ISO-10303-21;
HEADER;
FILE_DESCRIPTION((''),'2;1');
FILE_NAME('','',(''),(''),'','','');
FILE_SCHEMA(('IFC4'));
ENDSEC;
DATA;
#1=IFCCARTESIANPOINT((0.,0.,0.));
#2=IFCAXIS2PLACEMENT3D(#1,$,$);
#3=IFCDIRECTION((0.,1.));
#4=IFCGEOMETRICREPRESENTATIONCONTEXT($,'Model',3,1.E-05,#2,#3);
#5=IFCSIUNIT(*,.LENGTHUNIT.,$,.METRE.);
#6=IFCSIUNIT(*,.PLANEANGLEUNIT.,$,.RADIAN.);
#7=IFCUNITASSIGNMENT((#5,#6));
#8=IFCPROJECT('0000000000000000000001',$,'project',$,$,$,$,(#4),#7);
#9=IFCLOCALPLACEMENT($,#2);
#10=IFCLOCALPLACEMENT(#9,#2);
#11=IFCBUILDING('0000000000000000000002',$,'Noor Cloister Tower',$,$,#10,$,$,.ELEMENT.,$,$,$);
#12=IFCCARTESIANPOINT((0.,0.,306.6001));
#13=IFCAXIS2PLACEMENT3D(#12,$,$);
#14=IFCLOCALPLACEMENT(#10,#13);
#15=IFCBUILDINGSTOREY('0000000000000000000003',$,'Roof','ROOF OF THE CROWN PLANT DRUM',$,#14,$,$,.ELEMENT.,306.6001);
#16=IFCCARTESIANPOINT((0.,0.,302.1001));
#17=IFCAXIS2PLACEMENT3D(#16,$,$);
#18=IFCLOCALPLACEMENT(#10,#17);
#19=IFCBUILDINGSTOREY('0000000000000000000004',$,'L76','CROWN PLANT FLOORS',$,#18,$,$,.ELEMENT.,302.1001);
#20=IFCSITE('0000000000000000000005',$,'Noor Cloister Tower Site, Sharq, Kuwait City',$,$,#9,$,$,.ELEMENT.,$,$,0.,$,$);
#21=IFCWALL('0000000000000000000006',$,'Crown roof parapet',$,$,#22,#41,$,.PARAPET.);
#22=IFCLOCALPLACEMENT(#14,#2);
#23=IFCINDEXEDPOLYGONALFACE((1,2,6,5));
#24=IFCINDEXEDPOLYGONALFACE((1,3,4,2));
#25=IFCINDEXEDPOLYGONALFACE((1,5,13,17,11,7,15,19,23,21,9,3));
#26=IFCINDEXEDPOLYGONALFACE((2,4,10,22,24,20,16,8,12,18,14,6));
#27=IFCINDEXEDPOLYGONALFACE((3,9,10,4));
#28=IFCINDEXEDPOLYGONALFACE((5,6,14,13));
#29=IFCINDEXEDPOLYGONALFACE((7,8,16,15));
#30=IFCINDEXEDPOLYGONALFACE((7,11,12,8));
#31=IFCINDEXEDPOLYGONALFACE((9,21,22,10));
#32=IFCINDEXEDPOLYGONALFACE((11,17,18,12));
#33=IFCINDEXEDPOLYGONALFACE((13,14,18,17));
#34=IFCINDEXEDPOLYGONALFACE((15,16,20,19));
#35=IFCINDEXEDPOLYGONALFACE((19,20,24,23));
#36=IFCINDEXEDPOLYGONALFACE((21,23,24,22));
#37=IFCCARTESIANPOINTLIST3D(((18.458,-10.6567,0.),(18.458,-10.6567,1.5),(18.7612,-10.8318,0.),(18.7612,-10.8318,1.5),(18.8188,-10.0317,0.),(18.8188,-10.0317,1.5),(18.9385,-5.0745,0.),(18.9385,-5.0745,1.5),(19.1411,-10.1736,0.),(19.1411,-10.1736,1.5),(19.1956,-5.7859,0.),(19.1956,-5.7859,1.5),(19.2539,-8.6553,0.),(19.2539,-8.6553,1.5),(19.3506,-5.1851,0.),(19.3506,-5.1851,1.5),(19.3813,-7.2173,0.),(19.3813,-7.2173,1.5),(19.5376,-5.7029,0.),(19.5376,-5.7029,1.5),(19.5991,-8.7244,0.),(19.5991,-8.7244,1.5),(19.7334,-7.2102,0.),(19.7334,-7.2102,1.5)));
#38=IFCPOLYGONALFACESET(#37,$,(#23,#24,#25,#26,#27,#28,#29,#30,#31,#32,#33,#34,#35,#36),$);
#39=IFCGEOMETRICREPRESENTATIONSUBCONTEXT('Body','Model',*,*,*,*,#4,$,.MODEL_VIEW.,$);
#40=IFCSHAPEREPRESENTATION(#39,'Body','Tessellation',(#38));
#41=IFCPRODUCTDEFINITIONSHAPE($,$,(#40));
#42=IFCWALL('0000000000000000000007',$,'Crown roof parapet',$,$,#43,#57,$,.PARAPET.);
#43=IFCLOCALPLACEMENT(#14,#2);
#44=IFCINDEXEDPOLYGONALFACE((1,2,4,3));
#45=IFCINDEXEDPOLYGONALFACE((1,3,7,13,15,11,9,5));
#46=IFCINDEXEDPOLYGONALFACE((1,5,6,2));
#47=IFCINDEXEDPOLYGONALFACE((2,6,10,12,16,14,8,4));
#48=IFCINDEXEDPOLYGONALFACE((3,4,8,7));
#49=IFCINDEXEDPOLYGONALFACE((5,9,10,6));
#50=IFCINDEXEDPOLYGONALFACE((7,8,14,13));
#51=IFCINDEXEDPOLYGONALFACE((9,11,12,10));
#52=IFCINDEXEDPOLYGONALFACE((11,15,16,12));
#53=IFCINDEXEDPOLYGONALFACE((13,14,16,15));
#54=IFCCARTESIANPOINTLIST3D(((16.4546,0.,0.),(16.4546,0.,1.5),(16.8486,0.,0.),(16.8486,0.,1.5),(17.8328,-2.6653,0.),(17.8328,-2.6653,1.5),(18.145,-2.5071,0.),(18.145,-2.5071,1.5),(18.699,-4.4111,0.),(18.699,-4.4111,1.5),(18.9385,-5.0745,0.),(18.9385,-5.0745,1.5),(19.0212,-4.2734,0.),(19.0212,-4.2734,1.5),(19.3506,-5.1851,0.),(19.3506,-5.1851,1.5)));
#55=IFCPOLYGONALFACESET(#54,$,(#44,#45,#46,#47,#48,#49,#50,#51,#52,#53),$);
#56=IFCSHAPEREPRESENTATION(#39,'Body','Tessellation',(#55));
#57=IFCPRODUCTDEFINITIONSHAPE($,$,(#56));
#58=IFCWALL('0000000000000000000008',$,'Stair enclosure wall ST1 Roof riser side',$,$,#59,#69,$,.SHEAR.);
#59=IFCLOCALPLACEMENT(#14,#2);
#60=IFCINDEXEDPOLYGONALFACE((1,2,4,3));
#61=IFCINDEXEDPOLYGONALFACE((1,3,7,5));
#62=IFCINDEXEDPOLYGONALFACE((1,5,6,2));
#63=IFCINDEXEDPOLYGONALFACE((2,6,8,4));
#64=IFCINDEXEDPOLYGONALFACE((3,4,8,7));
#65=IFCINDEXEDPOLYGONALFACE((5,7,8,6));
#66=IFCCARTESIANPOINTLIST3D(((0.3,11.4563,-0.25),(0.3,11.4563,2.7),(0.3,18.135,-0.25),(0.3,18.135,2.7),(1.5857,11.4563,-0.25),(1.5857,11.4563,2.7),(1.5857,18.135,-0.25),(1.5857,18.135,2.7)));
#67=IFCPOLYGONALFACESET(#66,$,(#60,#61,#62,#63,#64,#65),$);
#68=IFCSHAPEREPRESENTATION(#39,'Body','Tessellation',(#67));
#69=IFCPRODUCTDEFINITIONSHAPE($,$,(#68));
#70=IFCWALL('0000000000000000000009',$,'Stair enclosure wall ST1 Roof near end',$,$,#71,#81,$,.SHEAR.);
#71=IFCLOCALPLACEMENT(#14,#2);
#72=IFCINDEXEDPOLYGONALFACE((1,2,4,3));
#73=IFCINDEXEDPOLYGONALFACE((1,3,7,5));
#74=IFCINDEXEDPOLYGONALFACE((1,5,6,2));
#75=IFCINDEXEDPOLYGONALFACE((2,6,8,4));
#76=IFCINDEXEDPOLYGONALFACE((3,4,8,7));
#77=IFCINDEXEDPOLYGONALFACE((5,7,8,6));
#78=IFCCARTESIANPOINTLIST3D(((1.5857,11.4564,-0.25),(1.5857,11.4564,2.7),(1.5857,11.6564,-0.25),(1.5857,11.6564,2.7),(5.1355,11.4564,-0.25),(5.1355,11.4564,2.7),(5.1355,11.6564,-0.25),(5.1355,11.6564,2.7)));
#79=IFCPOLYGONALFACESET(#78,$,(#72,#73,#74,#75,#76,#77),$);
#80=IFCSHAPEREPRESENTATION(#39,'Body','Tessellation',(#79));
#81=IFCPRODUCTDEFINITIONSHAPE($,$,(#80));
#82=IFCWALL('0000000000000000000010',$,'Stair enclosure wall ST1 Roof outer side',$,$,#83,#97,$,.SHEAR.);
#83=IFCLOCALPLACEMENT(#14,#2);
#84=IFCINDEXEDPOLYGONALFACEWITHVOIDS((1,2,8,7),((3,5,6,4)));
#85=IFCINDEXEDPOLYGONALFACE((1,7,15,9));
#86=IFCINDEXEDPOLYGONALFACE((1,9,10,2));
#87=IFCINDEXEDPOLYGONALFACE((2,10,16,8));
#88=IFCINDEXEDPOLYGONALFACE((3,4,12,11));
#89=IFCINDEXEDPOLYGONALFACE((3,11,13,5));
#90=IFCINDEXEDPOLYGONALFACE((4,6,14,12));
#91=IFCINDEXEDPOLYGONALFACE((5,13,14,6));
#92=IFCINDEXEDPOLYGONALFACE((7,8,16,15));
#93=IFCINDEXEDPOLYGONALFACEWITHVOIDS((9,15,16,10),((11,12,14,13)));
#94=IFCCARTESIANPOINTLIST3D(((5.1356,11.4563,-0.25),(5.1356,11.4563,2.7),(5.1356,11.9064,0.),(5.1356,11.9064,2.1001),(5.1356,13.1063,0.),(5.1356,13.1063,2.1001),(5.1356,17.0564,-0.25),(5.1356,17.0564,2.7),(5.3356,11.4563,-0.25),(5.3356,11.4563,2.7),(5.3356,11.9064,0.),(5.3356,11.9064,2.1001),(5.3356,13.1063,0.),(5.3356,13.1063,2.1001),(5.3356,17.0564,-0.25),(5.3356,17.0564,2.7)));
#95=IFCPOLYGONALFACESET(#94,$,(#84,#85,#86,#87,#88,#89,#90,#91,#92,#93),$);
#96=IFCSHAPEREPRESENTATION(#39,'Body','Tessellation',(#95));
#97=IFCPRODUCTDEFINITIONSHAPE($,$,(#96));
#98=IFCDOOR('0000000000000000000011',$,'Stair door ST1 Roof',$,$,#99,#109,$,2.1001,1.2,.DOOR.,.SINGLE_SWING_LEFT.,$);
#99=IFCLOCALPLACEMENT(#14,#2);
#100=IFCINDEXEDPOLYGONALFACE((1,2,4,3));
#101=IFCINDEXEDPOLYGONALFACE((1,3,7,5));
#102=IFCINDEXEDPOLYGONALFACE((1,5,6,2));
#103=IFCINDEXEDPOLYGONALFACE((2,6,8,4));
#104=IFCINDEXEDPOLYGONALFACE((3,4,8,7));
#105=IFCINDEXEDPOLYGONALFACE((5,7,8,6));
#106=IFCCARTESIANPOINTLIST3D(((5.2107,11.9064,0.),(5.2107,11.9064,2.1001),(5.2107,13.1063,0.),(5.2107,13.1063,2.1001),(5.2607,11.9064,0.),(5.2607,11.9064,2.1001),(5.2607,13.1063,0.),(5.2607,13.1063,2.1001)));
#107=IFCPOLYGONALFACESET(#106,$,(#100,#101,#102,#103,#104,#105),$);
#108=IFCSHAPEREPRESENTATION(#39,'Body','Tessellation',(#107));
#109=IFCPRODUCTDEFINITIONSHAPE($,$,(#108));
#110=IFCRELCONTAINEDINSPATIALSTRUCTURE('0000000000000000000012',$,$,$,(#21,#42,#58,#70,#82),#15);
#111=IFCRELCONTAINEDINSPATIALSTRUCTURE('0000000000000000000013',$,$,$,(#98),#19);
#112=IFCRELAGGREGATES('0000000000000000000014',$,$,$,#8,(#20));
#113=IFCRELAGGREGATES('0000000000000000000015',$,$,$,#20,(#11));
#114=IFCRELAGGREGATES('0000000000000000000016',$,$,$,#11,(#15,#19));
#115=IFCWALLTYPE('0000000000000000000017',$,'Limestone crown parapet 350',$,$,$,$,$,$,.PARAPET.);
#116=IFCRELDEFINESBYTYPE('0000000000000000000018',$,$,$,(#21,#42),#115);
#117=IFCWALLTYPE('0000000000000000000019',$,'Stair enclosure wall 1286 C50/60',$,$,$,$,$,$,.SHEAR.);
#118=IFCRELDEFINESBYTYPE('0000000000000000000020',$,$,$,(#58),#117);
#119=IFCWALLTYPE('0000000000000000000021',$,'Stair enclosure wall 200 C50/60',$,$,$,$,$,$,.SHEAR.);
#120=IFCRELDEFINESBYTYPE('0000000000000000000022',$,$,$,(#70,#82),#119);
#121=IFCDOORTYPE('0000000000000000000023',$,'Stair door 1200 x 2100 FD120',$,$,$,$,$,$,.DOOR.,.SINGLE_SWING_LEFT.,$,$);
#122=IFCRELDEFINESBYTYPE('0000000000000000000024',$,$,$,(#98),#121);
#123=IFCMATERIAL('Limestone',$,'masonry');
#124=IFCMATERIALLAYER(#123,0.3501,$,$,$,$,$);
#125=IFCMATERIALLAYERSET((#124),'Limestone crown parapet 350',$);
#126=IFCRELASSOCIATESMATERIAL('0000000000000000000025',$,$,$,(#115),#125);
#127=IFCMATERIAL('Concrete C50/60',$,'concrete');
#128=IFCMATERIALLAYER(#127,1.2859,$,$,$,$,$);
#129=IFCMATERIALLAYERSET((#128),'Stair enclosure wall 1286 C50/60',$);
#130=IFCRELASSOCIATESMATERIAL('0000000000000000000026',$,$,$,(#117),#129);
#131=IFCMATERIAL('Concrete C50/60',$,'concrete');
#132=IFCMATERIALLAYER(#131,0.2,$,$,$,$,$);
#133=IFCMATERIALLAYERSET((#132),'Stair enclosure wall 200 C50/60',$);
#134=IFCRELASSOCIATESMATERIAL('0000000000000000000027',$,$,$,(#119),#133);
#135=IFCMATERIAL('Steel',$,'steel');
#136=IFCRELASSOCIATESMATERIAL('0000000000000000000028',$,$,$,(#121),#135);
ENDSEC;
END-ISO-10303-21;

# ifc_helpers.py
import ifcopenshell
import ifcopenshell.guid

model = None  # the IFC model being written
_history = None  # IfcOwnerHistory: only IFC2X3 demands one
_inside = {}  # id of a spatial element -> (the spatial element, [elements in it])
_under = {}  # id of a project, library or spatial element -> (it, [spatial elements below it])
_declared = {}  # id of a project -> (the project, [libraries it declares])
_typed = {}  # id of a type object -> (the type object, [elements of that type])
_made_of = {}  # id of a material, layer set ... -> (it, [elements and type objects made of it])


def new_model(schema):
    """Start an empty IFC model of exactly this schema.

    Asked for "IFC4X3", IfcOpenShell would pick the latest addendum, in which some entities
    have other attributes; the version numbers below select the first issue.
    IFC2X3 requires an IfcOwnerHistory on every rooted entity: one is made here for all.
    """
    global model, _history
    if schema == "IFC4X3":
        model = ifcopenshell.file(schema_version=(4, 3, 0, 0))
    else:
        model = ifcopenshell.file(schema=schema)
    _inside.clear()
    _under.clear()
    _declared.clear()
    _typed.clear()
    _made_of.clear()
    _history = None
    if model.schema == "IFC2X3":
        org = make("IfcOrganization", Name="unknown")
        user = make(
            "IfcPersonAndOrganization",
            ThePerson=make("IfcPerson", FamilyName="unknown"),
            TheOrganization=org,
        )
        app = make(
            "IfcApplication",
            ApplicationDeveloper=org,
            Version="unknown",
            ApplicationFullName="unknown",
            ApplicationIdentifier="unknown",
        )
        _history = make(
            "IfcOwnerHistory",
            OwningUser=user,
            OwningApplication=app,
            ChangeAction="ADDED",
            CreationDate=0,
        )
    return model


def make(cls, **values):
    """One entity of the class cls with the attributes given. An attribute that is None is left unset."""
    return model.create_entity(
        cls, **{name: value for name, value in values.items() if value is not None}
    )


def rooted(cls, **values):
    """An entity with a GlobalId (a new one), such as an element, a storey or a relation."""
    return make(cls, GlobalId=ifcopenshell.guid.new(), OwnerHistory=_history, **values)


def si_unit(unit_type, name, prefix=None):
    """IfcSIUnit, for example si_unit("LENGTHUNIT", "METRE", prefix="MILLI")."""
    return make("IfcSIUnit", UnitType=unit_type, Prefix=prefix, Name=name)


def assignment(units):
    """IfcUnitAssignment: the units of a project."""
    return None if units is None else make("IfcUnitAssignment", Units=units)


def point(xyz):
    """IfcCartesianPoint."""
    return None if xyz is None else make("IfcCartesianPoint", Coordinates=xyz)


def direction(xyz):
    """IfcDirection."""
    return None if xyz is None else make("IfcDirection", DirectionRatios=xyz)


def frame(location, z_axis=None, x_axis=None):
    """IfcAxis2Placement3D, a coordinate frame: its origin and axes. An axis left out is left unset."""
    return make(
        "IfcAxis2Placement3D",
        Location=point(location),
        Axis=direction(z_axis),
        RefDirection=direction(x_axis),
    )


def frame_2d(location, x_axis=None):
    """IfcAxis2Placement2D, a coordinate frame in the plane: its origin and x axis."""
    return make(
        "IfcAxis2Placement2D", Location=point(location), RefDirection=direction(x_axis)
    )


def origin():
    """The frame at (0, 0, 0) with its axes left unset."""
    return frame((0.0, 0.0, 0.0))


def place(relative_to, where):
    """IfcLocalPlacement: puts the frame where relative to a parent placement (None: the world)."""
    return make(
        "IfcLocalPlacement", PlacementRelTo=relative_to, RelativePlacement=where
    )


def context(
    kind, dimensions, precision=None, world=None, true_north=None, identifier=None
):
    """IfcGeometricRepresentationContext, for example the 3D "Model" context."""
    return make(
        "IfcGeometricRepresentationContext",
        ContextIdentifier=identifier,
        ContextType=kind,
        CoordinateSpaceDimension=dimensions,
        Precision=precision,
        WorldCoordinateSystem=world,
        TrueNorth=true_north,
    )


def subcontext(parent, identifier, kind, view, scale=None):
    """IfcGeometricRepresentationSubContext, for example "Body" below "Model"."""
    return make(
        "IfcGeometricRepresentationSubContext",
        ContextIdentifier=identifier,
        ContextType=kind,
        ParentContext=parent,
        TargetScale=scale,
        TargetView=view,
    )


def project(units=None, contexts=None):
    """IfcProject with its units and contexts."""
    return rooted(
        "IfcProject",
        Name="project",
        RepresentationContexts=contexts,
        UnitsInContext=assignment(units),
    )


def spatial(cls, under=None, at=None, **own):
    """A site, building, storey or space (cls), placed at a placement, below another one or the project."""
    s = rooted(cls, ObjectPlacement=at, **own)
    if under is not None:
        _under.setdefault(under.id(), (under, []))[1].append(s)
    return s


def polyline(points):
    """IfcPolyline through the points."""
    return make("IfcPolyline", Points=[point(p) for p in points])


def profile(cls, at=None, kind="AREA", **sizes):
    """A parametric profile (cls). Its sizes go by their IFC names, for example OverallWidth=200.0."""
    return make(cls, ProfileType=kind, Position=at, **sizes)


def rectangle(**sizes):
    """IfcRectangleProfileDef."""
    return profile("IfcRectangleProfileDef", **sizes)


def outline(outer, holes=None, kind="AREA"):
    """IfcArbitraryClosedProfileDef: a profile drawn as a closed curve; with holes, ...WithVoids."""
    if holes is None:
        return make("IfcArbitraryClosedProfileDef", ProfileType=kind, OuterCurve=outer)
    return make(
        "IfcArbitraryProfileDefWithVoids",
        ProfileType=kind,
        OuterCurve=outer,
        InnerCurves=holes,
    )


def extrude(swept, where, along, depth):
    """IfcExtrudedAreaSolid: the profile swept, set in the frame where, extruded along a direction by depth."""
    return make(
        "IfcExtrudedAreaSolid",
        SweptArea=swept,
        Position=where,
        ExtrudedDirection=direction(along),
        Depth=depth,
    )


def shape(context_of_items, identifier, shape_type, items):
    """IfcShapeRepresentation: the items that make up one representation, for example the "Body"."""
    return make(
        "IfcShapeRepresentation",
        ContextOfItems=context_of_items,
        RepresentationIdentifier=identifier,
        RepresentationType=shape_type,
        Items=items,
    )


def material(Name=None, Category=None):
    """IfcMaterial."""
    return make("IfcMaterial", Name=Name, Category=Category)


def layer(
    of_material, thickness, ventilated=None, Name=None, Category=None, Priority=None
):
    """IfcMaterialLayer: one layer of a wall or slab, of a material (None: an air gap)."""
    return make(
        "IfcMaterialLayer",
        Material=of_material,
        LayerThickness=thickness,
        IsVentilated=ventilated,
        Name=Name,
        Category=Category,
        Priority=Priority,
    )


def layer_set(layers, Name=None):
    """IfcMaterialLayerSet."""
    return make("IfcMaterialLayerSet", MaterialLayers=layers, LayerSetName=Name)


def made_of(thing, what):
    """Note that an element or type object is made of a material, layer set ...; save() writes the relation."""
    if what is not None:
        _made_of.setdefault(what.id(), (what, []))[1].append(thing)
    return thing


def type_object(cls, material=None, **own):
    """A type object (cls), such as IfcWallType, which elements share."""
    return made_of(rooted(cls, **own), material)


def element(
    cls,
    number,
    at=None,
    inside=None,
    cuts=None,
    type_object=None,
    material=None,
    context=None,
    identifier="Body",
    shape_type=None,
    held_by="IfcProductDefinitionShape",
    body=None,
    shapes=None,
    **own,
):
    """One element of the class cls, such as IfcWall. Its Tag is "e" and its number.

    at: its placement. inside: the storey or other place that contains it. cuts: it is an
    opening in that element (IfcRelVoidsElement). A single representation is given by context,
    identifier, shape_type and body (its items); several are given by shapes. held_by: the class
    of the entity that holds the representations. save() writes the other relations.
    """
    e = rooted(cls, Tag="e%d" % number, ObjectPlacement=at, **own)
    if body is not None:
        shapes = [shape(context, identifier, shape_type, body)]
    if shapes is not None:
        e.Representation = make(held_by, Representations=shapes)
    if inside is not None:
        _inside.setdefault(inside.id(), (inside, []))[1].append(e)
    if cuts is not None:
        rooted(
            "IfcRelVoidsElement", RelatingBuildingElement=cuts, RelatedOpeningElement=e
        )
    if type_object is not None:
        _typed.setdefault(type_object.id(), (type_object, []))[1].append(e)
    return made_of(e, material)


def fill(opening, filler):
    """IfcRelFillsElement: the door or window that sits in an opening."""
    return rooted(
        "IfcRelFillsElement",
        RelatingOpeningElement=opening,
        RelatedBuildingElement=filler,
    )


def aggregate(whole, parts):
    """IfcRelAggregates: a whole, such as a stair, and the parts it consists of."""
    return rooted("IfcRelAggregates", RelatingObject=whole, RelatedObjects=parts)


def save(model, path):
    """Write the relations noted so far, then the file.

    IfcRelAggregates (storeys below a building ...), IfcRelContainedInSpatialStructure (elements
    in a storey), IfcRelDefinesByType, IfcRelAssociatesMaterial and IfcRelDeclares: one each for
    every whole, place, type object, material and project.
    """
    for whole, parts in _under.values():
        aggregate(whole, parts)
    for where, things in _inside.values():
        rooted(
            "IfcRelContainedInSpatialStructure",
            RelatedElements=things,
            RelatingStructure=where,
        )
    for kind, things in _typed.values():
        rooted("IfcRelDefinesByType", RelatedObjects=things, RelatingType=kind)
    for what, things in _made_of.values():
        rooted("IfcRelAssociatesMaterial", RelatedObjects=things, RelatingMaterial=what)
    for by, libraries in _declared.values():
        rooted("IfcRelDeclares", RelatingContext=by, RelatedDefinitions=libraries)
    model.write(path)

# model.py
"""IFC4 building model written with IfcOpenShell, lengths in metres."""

from ifc_helpers import new_model, si_unit, direction, frame, frame_2d, origin, place, context, subcontext, project, spatial, polyline, rectangle, outline, extrude, material, layer, layer_set, type_object, element, fill, save


model = new_model("IFC4")

# Units and contexts
model_context = context("Model", 3, precision=1e-05, world=origin(), true_north=direction((0.0, 1.0)))
body_context = subcontext(model_context, "Body", "Model", "MODEL_VIEW")
ifc_project = project(units=[si_unit("LENGTHUNIT", "METRE"), si_unit("PLANEANGLEUNIT", "RADIAN")], contexts=[model_context])

# Site, building, storey
site_placement = place(None, origin())
site = spatial("IfcSite", under=ifc_project, at=site_placement, Name="Noor Cloister Tower Site, Sharq, Kuwait City", CompositionType="ELEMENT", RefElevation=0.0)
building_placement = place(site_placement, origin())
building = spatial("IfcBuilding", under=site, at=building_placement, Name="Noor Cloister Tower", CompositionType="ELEMENT")
storey_1_placement = place(building_placement, frame((0.0, 0.0, 306.6001)))
storey_1 = spatial("IfcBuildingStorey", under=building, at=storey_1_placement, Name="Roof", Description="ROOF OF THE CROWN PLANT DRUM", CompositionType="ELEMENT", Elevation=306.6001)

# Walls
ifc_material_1 = material(Name="Limestone", Category="masonry")
ifc_layer_1 = layer(ifc_material_1, 0.3501)
ifc_layer_set_1 = layer_set([ifc_layer_1], Name="Limestone crown parapet 350")
wall_type_1 = type_object("IfcWallType", Name="Limestone crown parapet 350", PredefinedType="PARAPET", material=ifc_layer_set_1)
wall_1_placement = place(storey_1_placement, origin())
element("IfcWall", 1, at=wall_1_placement, inside=storey_1, type_object=wall_type_1, Name="Crown roof parapet", PredefinedType="PARAPET", context=body_context, shape_type="SweptSolid", body=[
    extrude(outline(polyline([(19.3506, -5.1851), (18.9385, -5.0745), (19.1956, -5.7859), (19.3813, -7.2173), (19.2539, -8.6553), (18.8188, -10.0317), (18.458, -10.6567), (18.7612, -10.8318), (19.1411, -10.1736), (19.5991, -8.7244), (19.7334, -7.2102), (19.5376, -5.7029), (19.3506, -5.1851)])), origin(), (0.0, 0.0, 1.0), 1.5),
])
wall_2_placement = place(storey_1_placement, origin())
element("IfcWall", 2, at=wall_2_placement, inside=storey_1, type_object=wall_type_1, Name="Crown roof parapet", PredefinedType="PARAPET", context=body_context, shape_type="SweptSolid", body=[
    extrude(outline(polyline([(16.8486, 0.0), (16.4546, 0.0), (17.8328, -2.6653), (18.699, -4.4111), (18.9385, -5.0745), (19.3506, -5.1851), (19.0212, -4.2734), (18.145, -2.5071), (16.8486, 0.0)])), origin(), (0.0, 0.0, 1.0), 1.5),
])
ifc_material_2 = material(Name="Concrete C50/60", Category="concrete")
ifc_layer_2 = layer(ifc_material_2, 1.2859)
ifc_layer_set_2 = layer_set([ifc_layer_2], Name="Stair enclosure wall 1286 C50/60")
wall_type_2 = type_object("IfcWallType", Name="Stair enclosure wall 1286 C50/60", PredefinedType="SHEAR", material=ifc_layer_set_2)
wall_3_placement = place(storey_1_placement, frame((0.9429, 11.4563, -0.25), z_axis=(0.0, 0.0, 1.0), x_axis=(0.0, 1.0, 0.0)))
element("IfcWall", 3, at=wall_3_placement, inside=storey_1, type_object=wall_type_2, Name="Stair enclosure wall ST1 Roof riser side", PredefinedType="SHEAR", context=body_context, shape_type="SweptSolid", body=[
    extrude(rectangle(XDim=6.6787, YDim=1.2856, at=frame_2d((3.3394, 0.0))), origin(), (0.0, 0.0, 1.0), 2.95),
])
ifc_material_3 = material(Name="Concrete C50/60", Category="concrete")
ifc_layer_3 = layer(ifc_material_3, 0.2)
ifc_layer_set_3 = layer_set([ifc_layer_3], Name="Stair enclosure wall 200 C50/60")
wall_type_3 = type_object("IfcWallType", Name="Stair enclosure wall 200 C50/60", PredefinedType="SHEAR", material=ifc_layer_set_3)
wall_4_placement = place(storey_1_placement, frame((5.1355, 11.5564, -0.25), z_axis=(0.0, 0.0, 1.0), x_axis=(-1.0, 0.0, 0.0)))
element("IfcWall", 4, at=wall_4_placement, inside=storey_1, type_object=wall_type_3, Name="Stair enclosure wall ST1 Roof near end", PredefinedType="SHEAR", context=body_context, shape_type="SweptSolid", body=[
    extrude(rectangle(XDim=3.5498, YDim=0.2, at=frame_2d((1.7749, 0.0))), origin(), (0.0, 0.0, 1.0), 2.95),
])

# Wall, opening
wall_5_placement = place(storey_1_placement, frame((5.2356, 11.4563, -0.25), z_axis=(0.0, 0.0, 1.0), x_axis=(0.0, 1.0, 0.0)))
wall_5 = element("IfcWall", 5, at=wall_5_placement, inside=storey_1, type_object=wall_type_3, Name="Stair enclosure wall ST1 Roof outer side", PredefinedType="SHEAR", context=body_context, shape_type="SweptSolid", body=[
    extrude(rectangle(XDim=5.6001, YDim=0.2, at=frame_2d((2.8, 0.0))), origin(), (0.0, 0.0, 1.0), 2.95),
])
opening_placement = place(wall_5_placement, frame((0.45, 0.0, 0.25)))
opening = element("IfcOpeningElement", 6, at=opening_placement, cuts=wall_5, PredefinedType="OPENING", context=body_context, shape_type="SweptSolid", body=[
    extrude(rectangle(XDim=1.2, YDim=2.1001, at=frame_2d((0.6001, 1.05))), frame((0.0, 0.1099, 0.0), z_axis=(0.0, -1.0, 0.0), x_axis=(1.0, 0.0, 0.0)), (0.0, 0.0, 1.0), 0.22),
])

# Shared definitions
storey_2_placement = place(building_placement, frame((0.0, 0.0, 302.1001)))
storey_2 = spatial("IfcBuildingStorey", under=building, at=storey_2_placement, Name="L76", Description="CROWN PLANT FLOORS", CompositionType="ELEMENT", Elevation=302.1001)

# Door
ifc_material_4 = material(Name="Steel", Category="steel")
door_type = type_object("IfcDoorType", Name="Stair door 1200 x 2100 FD120", OperationType="SINGLE_SWING_LEFT", PredefinedType="DOOR", material=ifc_material_4)
door_placement = place(opening_placement, origin())
door = element("IfcDoor", 7, at=door_placement, inside=storey_2, type_object=door_type, Name="Stair door ST1 Roof", OperationType="SINGLE_SWING_LEFT", OverallHeight=2.1001, OverallWidth=1.2, PredefinedType="DOOR", context=body_context, shape_type="SweptSolid", body=[
    extrude(rectangle(XDim=1.2, YDim=2.1001, at=frame_2d((0.6001, 1.05))), frame((0.0, 0.0249, 0.0), z_axis=(0.0, -1.0, 0.0), x_axis=(1.0, 0.0, 0.0)), (0.0, 0.0, 1.0), 0.05),
])
fill(opening, door)

save(model, "model.ifc")
